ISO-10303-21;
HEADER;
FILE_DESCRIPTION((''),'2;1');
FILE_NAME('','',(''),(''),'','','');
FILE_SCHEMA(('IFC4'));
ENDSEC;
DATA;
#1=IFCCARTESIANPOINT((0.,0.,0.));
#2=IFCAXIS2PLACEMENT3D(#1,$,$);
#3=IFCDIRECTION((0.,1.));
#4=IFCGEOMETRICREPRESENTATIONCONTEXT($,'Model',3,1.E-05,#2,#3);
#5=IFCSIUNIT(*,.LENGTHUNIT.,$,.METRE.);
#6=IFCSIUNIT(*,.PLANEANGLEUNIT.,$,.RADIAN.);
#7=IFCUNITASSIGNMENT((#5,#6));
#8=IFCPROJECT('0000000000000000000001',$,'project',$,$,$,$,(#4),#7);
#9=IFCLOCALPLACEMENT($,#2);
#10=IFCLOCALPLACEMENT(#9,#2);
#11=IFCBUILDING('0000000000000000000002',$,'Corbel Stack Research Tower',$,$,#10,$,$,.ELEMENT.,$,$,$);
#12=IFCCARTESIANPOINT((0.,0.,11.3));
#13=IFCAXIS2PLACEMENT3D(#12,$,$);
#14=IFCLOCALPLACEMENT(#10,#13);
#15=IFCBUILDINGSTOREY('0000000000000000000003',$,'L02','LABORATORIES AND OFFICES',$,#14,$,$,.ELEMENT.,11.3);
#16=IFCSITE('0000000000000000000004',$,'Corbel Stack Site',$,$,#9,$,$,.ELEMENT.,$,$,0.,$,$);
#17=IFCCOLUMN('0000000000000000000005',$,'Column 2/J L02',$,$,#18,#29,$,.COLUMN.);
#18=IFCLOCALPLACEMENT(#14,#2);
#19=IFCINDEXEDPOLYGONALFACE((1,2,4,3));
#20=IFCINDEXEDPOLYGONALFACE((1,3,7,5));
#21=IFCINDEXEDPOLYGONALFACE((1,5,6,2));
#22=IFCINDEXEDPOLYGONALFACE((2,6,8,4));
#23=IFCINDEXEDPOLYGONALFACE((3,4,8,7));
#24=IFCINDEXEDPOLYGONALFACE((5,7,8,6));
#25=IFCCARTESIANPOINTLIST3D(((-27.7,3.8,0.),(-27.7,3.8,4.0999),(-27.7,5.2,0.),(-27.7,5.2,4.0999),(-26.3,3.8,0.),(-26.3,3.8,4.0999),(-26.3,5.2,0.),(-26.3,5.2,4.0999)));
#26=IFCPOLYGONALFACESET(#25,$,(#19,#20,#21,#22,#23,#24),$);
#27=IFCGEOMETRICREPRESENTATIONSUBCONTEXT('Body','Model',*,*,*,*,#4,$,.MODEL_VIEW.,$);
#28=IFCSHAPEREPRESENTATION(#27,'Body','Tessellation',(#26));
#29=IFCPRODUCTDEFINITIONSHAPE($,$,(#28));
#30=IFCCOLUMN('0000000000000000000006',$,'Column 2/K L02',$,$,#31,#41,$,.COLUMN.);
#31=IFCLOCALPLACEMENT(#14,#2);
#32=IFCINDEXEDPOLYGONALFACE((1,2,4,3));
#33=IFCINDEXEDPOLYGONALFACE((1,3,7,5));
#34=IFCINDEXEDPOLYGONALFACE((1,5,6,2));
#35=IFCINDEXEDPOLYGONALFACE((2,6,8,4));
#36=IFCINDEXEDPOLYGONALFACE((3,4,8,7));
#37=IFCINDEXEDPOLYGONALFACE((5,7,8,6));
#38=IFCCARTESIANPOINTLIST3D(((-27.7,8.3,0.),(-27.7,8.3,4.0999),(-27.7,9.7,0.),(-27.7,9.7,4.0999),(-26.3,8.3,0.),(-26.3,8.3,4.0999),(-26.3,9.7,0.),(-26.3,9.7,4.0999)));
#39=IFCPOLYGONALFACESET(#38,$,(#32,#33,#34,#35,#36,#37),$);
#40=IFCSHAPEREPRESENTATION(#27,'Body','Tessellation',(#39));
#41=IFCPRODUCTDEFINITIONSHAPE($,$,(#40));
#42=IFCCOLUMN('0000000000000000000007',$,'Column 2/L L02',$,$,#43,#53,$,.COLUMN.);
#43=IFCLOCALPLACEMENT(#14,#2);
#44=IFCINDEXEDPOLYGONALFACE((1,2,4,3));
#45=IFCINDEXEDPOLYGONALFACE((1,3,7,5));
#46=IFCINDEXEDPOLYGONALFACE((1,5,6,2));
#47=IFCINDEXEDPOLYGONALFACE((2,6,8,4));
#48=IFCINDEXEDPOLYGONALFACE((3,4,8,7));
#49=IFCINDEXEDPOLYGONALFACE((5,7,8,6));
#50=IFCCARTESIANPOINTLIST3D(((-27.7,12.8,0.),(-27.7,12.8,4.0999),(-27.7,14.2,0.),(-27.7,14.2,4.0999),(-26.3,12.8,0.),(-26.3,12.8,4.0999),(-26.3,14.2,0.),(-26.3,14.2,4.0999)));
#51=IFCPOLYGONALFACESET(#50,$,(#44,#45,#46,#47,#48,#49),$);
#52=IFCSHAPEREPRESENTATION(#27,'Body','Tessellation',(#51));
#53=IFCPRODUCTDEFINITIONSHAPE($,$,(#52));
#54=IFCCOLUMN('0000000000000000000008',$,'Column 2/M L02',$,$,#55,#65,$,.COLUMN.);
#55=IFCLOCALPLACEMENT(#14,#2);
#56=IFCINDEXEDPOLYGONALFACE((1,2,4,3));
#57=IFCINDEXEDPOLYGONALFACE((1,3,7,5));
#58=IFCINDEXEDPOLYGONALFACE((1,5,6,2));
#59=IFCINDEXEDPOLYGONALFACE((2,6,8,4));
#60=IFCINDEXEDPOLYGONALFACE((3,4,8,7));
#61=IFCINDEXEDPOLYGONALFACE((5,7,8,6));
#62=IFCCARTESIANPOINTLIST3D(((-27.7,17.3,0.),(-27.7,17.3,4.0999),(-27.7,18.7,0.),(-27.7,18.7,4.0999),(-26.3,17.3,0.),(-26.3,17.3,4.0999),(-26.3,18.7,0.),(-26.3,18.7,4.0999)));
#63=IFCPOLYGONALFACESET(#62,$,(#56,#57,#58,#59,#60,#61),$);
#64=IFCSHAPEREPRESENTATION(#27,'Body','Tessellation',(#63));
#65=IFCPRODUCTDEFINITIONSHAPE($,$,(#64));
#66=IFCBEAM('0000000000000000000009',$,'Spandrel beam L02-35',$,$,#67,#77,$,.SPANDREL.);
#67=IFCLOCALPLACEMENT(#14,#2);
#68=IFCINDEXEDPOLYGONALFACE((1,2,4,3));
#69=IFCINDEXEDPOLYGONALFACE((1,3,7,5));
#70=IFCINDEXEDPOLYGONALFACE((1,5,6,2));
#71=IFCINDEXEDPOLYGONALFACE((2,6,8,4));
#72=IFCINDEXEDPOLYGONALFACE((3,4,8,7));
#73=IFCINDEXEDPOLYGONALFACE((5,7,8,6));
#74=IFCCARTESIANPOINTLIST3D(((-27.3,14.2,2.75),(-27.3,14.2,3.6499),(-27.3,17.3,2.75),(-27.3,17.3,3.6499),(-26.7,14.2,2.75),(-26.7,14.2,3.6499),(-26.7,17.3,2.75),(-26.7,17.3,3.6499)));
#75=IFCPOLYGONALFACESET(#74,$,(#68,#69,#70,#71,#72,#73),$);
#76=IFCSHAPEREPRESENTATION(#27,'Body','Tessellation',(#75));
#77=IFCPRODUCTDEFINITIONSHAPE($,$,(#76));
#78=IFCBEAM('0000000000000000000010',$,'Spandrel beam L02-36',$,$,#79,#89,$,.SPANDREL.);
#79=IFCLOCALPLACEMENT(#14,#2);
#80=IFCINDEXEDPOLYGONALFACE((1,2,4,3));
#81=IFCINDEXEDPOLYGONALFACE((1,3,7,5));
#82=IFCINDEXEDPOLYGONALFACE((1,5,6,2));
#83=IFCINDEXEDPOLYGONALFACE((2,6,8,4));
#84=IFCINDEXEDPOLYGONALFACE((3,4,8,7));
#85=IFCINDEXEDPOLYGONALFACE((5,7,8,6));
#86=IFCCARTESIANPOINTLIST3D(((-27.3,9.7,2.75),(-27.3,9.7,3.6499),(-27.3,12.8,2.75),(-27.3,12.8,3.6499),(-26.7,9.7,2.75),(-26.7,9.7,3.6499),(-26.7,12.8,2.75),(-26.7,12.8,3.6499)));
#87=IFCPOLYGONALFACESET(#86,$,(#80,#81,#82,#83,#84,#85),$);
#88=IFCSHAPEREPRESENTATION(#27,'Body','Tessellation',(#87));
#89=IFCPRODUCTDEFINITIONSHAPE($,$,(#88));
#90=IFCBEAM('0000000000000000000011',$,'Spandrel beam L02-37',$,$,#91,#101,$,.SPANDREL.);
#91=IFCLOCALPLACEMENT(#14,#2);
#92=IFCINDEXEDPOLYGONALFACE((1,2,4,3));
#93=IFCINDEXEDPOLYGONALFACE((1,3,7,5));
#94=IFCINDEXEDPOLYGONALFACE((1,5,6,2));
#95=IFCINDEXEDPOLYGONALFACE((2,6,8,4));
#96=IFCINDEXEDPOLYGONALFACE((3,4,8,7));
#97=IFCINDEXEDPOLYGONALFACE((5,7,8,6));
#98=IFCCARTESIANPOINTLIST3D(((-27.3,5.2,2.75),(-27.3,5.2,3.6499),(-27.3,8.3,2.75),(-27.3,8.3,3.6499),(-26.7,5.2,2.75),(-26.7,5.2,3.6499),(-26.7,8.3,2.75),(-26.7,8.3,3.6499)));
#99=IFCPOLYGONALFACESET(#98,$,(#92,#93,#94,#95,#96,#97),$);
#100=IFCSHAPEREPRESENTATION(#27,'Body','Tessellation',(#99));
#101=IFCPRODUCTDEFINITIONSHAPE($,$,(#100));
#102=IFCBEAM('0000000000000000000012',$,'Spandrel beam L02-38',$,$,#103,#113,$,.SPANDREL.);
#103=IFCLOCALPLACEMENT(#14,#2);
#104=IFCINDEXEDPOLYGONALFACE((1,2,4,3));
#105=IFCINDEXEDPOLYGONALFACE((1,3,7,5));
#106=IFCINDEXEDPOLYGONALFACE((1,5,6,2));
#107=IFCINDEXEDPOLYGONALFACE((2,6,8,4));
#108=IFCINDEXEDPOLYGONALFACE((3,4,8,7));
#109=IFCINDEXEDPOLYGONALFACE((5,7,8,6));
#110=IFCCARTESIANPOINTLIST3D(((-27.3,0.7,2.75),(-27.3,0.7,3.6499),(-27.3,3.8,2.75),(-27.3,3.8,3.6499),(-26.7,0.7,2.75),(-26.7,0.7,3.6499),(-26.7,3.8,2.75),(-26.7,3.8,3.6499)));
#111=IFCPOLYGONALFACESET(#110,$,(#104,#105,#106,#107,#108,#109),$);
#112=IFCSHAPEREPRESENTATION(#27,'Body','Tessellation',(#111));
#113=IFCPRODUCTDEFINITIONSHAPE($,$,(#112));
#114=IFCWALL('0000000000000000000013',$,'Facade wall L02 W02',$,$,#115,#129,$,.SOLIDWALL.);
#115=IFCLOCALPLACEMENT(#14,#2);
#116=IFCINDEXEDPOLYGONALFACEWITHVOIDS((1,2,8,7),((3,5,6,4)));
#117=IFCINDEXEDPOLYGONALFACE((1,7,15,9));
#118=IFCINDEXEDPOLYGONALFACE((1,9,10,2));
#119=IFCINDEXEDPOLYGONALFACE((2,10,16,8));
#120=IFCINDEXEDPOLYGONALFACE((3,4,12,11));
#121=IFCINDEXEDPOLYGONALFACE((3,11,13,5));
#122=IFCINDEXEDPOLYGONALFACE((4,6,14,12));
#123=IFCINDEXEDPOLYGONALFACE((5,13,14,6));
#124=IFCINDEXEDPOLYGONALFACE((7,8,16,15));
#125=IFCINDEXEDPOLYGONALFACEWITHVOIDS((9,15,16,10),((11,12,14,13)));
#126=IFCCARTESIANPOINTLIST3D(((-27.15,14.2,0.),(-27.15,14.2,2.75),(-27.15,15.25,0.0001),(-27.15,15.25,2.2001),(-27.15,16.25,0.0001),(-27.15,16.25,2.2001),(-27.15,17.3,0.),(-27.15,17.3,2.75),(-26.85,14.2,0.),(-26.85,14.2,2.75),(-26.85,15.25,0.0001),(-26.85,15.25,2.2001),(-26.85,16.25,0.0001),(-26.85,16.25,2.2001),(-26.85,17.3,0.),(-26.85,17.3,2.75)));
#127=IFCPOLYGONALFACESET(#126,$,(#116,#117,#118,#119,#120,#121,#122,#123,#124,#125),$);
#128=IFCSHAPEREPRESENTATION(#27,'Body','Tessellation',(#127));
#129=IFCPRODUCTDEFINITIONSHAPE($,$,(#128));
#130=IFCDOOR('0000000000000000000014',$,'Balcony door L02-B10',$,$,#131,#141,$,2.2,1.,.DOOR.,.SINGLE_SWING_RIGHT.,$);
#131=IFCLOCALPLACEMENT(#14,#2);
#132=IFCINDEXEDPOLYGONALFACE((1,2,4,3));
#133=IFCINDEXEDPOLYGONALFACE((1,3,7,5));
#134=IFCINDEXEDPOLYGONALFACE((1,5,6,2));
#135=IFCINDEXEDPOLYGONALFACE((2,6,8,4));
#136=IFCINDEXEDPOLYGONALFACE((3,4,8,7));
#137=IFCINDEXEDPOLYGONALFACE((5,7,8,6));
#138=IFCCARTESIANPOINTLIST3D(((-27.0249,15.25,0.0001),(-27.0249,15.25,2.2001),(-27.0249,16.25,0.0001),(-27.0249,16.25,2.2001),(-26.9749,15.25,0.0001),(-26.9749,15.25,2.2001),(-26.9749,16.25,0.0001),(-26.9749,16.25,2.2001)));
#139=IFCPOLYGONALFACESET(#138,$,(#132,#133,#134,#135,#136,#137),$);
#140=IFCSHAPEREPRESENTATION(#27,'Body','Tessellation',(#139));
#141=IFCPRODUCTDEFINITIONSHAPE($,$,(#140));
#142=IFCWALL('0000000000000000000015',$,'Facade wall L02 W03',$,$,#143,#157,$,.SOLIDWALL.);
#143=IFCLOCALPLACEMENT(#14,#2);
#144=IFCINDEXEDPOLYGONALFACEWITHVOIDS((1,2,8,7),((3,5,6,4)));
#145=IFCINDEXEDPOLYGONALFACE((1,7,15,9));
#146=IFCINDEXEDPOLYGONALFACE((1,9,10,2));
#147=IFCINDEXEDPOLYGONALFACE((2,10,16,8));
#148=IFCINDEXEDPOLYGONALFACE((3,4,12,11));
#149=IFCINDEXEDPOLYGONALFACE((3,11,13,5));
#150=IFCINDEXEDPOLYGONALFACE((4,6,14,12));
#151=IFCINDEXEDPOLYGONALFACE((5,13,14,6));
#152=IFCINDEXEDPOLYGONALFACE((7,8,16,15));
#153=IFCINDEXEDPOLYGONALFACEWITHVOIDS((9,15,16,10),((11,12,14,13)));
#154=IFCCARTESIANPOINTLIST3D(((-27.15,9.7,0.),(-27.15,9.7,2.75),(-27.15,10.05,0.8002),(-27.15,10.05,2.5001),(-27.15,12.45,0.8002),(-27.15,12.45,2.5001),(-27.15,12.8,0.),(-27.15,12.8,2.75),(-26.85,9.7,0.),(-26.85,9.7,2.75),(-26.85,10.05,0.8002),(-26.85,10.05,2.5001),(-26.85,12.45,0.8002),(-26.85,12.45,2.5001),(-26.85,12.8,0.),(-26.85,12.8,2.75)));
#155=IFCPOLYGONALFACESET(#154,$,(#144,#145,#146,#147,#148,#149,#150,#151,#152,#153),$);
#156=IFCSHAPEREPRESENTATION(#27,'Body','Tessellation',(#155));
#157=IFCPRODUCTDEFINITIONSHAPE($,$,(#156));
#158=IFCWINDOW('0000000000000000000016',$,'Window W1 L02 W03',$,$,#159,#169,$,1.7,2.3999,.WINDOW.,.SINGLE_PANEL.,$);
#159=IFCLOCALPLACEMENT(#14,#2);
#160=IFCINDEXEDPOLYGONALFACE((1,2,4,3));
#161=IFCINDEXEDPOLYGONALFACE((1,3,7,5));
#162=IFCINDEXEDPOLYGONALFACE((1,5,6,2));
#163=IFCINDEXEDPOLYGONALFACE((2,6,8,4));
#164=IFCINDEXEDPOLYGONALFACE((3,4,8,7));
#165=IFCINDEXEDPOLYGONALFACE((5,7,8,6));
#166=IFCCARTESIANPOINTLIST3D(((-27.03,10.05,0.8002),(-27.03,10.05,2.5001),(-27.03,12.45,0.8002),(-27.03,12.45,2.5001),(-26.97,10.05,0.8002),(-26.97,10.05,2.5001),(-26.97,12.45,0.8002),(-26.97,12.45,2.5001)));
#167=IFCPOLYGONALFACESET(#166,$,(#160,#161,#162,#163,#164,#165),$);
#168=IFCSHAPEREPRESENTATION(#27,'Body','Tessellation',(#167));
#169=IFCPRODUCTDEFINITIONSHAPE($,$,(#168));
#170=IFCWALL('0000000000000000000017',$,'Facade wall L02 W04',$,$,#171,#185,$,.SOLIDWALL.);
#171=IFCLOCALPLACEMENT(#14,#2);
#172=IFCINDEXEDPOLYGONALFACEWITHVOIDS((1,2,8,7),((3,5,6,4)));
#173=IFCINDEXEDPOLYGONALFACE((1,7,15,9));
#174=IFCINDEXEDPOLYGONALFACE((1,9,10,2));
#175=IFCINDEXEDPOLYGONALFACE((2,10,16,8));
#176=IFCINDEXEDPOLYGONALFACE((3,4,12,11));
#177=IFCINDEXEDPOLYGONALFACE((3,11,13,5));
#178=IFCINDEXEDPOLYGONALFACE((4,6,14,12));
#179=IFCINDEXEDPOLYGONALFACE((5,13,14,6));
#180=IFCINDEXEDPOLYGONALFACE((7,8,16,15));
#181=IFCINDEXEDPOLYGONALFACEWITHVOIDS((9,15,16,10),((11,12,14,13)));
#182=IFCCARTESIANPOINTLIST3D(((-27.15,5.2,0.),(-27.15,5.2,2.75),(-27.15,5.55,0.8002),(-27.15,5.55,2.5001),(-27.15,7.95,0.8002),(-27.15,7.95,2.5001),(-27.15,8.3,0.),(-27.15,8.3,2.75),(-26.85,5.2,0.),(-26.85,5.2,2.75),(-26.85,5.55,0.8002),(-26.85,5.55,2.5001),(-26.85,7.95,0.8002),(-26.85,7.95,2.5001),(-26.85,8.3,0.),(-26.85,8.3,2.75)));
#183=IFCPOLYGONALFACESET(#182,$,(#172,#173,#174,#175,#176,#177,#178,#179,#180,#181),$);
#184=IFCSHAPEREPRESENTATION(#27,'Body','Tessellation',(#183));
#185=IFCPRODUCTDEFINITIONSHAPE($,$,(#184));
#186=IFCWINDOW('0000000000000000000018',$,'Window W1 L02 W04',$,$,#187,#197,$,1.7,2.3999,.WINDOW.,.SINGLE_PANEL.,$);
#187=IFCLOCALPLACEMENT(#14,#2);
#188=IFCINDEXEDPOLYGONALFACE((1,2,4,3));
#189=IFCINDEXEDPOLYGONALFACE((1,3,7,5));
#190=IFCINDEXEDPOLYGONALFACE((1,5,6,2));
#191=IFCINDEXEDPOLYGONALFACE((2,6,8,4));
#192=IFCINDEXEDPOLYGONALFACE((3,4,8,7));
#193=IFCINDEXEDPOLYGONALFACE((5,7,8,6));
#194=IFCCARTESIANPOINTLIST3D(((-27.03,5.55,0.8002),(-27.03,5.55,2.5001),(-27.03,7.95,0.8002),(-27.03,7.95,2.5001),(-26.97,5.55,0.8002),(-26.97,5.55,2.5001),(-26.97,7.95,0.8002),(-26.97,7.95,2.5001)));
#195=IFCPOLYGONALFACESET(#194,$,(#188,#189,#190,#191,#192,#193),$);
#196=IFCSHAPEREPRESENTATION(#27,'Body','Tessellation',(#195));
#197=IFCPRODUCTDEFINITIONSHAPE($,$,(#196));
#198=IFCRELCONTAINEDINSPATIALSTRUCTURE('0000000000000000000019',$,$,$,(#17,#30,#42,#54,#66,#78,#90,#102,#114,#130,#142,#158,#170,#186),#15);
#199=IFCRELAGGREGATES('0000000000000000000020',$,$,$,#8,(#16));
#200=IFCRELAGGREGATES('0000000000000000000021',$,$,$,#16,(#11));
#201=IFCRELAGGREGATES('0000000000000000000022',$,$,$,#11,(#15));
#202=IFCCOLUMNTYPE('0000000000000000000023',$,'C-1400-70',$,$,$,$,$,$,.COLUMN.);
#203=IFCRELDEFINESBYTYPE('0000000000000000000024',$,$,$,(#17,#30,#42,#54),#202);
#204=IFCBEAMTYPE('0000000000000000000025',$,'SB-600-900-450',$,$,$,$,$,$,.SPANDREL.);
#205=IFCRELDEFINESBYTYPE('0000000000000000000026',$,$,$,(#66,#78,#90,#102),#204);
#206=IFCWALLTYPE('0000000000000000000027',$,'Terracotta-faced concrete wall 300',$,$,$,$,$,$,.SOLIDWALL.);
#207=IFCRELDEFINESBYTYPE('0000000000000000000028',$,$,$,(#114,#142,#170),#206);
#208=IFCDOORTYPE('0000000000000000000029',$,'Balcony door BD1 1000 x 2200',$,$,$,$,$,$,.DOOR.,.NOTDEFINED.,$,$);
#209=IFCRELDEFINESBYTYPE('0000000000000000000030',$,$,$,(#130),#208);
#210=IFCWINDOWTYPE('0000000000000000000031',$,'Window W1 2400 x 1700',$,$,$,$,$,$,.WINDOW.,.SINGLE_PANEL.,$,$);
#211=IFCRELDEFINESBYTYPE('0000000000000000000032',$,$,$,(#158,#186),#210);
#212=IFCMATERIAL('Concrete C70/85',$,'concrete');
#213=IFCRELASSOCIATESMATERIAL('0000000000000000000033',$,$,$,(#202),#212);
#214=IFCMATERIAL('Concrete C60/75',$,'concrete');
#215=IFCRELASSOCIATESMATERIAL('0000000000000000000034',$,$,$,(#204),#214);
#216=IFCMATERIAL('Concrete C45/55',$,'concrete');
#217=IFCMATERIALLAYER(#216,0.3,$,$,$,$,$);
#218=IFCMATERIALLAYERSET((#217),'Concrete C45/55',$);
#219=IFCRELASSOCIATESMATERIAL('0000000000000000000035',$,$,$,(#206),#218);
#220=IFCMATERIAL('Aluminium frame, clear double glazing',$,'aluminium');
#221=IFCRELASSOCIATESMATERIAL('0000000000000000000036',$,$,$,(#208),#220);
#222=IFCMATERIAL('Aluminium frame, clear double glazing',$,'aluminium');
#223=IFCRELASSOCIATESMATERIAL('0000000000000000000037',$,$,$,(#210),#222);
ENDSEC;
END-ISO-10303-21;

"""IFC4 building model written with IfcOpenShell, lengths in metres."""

from ifc_helpers import new_model, si_unit, direction, frame, frame_2d, origin, origin_2d, place, context, subcontext, project, spatial, rectangle, extrude, material, layer, layer_set, material_profile, profile_set, type_object, element, fill, save


model = new_model("IFC4")

# Units and contexts
model_context = context("Model", 3, precision=1e-05, world=origin(), true_north=direction((0.0, 1.0)))
body_context = subcontext(model_context, "Body", "Model", "MODEL_VIEW")
ifc_project = project(units=[si_unit("LENGTHUNIT", "METRE"), si_unit("PLANEANGLEUNIT", "RADIAN")], contexts=[model_context])

# Site, building, storey
site_placement = place(None, origin())
site = spatial("IfcSite", under=ifc_project, at=site_placement, Name="Corbel Stack Site", CompositionType="ELEMENT", RefElevation=0.0)
building_placement = place(site_placement, origin())
building = spatial("IfcBuilding", under=site, at=building_placement, Name="Corbel Stack Research Tower", CompositionType="ELEMENT")
storey_placement = place(building_placement, frame((0.0, 0.0, 11.3)))
storey = spatial("IfcBuildingStorey", under=building, at=storey_placement, Name="L02", Description="LABORATORIES AND OFFICES", CompositionType="ELEMENT", Elevation=11.3)

# Columns
ifc_material_1 = material(Name="Concrete C70/85", Category="concrete")
ifc_material_profile_1 = material_profile(ifc_material_1, rectangle(XDim=1.3999, YDim=1.3999, at=origin_2d()), Name="RC 1400 x 1400")
ifc_profile_set_1 = profile_set([ifc_material_profile_1], Name="Concrete C70/85")
column_type = type_object("IfcColumnType", Name="C-1400-70", PredefinedType="COLUMN", material=ifc_profile_set_1)
for number, where, z_axis, x_axis, name in (
    (1, (-27.0, 4.5, 0.0), (0.0, 0.0, 1.0), (1.0, 0.0, 0.0), "Column 2/J L02"),
    (2, (-27.0, 9.0, 0.0), (0.0, 0.0, 1.0), (1.0, 0.0, 0.0), "Column 2/K L02"),
    (3, (-27.0, 13.5, 0.0), (0.0, 0.0, 1.0), (1.0, 0.0, 0.0), "Column 2/L L02"),
    (4, (-27.0, 18.0, 0.0), (0.0, 0.0, 1.0), (1.0, 0.0, 0.0), "Column 2/M L02"),
):
    element("IfcColumn", number, at=place(storey_placement, frame(where, z_axis=z_axis, x_axis=x_axis)), inside=storey, type_object=column_type, Name=name, PredefinedType="COLUMN", context=body_context, shape_type="SweptSolid", body=[
        extrude(rectangle(XDim=1.3999, YDim=1.3999, at=origin_2d()), origin(), (0.0, 0.0, 1.0), 4.0999),
    ])

# Beams
ifc_material_2 = material(Name="Concrete C60/75", Category="concrete")
ifc_material_profile_2 = material_profile(ifc_material_2, rectangle(XDim=0.6001, YDim=0.8999, at=origin_2d()), Name="RC 600 x 900")
ifc_profile_set_2 = profile_set([ifc_material_profile_2], Name="Concrete C60/75")
beam_type = type_object("IfcBeamType", Name="SB-600-900-450", PredefinedType="SPANDREL", material=ifc_profile_set_2)
for number, where, z_axis, x_axis, name in (
    (5, (-27.0, 17.3, 3.2), (0.0, -1.0, 0.0), (1.0, 0.0, 0.0), "Spandrel beam L02-35"),
    (6, (-27.0, 12.8, 3.2), (0.0, -1.0, 0.0), (1.0, 0.0, 0.0), "Spandrel beam L02-36"),
    (7, (-27.0, 8.3, 3.2), (0.0, -1.0, 0.0), (1.0, 0.0, 0.0), "Spandrel beam L02-37"),
    (8, (-27.0, 3.8, 3.2), (0.0, -1.0, 0.0), (1.0, 0.0, 0.0), "Spandrel beam L02-38"),
):
    element("IfcBeam", number, at=place(storey_placement, frame(where, z_axis=z_axis, x_axis=x_axis)), inside=storey, type_object=beam_type, Name=name, PredefinedType="SPANDREL", context=body_context, shape_type="SweptSolid", body=[
        extrude(rectangle(XDim=0.6001, YDim=0.8999, at=origin_2d()), origin(), (0.0, 0.0, 1.0), 3.1001),
    ])

# Wall, opening, door
ifc_material_3 = material(Name="Concrete C45/55", Category="concrete")
ifc_layer = layer(ifc_material_3, 0.3)
ifc_layer_set = layer_set([ifc_layer], Name="Concrete C45/55")
wall_type = type_object("IfcWallType", Name="Terracotta-faced concrete wall 300", PredefinedType="SOLIDWALL", material=ifc_layer_set)
wall_1_placement = place(storey_placement, frame((-27.0, 14.2, 0.0), z_axis=(0.0, 0.0, 1.0), x_axis=(0.0, 1.0, 0.0)))
wall_1 = element("IfcWall", 9, at=wall_1_placement, inside=storey, type_object=wall_type, Name="Facade wall L02 W02", PredefinedType="SOLIDWALL", context=body_context, shape_type="SweptSolid", body=[
    extrude(rectangle(XDim=3.1001, YDim=0.3, at=frame_2d((1.55, 0.0))), origin(), (0.0, 0.0, 1.0), 2.75),
])
opening_1_placement = place(wall_1_placement, frame((1.05, 0.0, 0.0)))
opening_1 = element("IfcOpeningElement", 10, at=opening_1_placement, cuts=wall_1, PredefinedType="OPENING", context=body_context, shape_type="SweptSolid", body=[
    extrude(rectangle(XDim=1.0, YDim=2.2, at=frame_2d((0.5, 1.1001))), frame((0.0, 0.1599, 0.0), z_axis=(0.0, -1.0, 0.0), x_axis=(1.0, 0.0, 0.0)), (0.0, 0.0, 1.0), 0.3201),
])
ifc_material_4 = material(Name="Aluminium frame, clear double glazing", Category="aluminium")
door_type = type_object("IfcDoorType", Name="Balcony door BD1 1000 x 2200", OperationType="NOTDEFINED", PredefinedType="DOOR", material=ifc_material_4)
door_placement = place(opening_1_placement, origin())
door = element("IfcDoor", 11, at=door_placement, inside=storey, type_object=door_type, Name="Balcony door L02-B10", OperationType="SINGLE_SWING_RIGHT", OverallHeight=2.2, OverallWidth=1.0, PredefinedType="DOOR", context=body_context, shape_type="SweptSolid", body=[
    extrude(rectangle(XDim=1.0, YDim=2.2, at=frame_2d((0.5, 1.1001))), frame((0.0, 0.0249, 0.0), z_axis=(0.0, -1.0, 0.0), x_axis=(1.0, 0.0, 0.0)), (0.0, 0.0, 1.0), 0.05),
])
fill(opening_1, door)

# Walls, openings, windows
wall_2_placement = place(storey_placement, frame((-27.0, 9.7, 0.0), z_axis=(0.0, 0.0, 1.0), x_axis=(0.0, 1.0, 0.0)))
wall_2 = element("IfcWall", 12, at=wall_2_placement, inside=storey, type_object=wall_type, Name="Facade wall L02 W03", PredefinedType="SOLIDWALL", context=body_context, shape_type="SweptSolid", body=[
    extrude(rectangle(XDim=3.1001, YDim=0.3, at=frame_2d((1.55, 0.0))), origin(), (0.0, 0.0, 1.0), 2.75),
])
opening_2_placement = place(wall_2_placement, frame((0.3501, 0.0, 0.8)))
opening_2 = element("IfcOpeningElement", 13, at=opening_2_placement, cuts=wall_2, PredefinedType="OPENING", context=body_context, shape_type="SweptSolid", body=[
    extrude(rectangle(XDim=2.3999, YDim=1.7, at=frame_2d((1.2, 0.8501))), frame((0.0, 0.1599, 0.0), z_axis=(0.0, -1.0, 0.0), x_axis=(1.0, 0.0, 0.0)), (0.0, 0.0, 1.0), 0.3201),
])
ifc_material_5 = material(Name="Aluminium frame, clear double glazing", Category="aluminium")
window_type = type_object("IfcWindowType", Name="Window W1 2400 x 1700", PartitioningType="SINGLE_PANEL", PredefinedType="WINDOW", material=ifc_material_5)
window_1_placement = place(opening_2_placement, origin())
window_1 = element("IfcWindow", 14, at=window_1_placement, inside=storey, type_object=window_type, Name="Window W1 L02 W03", OverallHeight=1.7, OverallWidth=2.3999, PartitioningType="SINGLE_PANEL", PredefinedType="WINDOW", context=body_context, shape_type="SweptSolid", body=[
    extrude(rectangle(XDim=2.3999, YDim=1.7, at=frame_2d((1.2, 0.8501))), frame((0.0, 0.03, 0.0), z_axis=(0.0, -1.0, 0.0), x_axis=(1.0, 0.0, 0.0)), (0.0, 0.0, 1.0), 0.0601),
])
fill(opening_2, window_1)
wall_3_placement = place(storey_placement, frame((-27.0, 5.2, 0.0), z_axis=(0.0, 0.0, 1.0), x_axis=(0.0, 1.0, 0.0)))
wall_3 = element("IfcWall", 15, at=wall_3_placement, inside=storey, type_object=wall_type, Name="Facade wall L02 W04", PredefinedType="SOLIDWALL", context=body_context, shape_type="SweptSolid", body=[
    extrude(rectangle(XDim=3.1001, YDim=0.3, at=frame_2d((1.55, 0.0))), origin(), (0.0, 0.0, 1.0), 2.75),
])
opening_3_placement = place(wall_3_placement, frame((0.3501, 0.0, 0.8)))
opening_3 = element("IfcOpeningElement", 16, at=opening_3_placement, cuts=wall_3, PredefinedType="OPENING", context=body_context, shape_type="SweptSolid", body=[
    extrude(rectangle(XDim=2.3999, YDim=1.7, at=frame_2d((1.2, 0.8501))), frame((0.0, 0.1599, 0.0), z_axis=(0.0, -1.0, 0.0), x_axis=(1.0, 0.0, 0.0)), (0.0, 0.0, 1.0), 0.3201),
])
window_2_placement = place(opening_3_placement, origin())
window_2 = element("IfcWindow", 17, at=window_2_placement, inside=storey, type_object=window_type, Name="Window W1 L02 W04", OverallHeight=1.7, OverallWidth=2.3999, PartitioningType="SINGLE_PANEL", PredefinedType="WINDOW", context=body_context, shape_type="SweptSolid", body=[
    extrude(rectangle(XDim=2.3999, YDim=1.7, at=frame_2d((1.2, 0.8501))), frame((0.0, 0.03, 0.0), z_axis=(0.0, -1.0, 0.0), x_axis=(1.0, 0.0, 0.0)), (0.0, 0.0, 1.0), 0.0601),
])
fill(opening_3, window_2)

save(model, "model.ifc")
